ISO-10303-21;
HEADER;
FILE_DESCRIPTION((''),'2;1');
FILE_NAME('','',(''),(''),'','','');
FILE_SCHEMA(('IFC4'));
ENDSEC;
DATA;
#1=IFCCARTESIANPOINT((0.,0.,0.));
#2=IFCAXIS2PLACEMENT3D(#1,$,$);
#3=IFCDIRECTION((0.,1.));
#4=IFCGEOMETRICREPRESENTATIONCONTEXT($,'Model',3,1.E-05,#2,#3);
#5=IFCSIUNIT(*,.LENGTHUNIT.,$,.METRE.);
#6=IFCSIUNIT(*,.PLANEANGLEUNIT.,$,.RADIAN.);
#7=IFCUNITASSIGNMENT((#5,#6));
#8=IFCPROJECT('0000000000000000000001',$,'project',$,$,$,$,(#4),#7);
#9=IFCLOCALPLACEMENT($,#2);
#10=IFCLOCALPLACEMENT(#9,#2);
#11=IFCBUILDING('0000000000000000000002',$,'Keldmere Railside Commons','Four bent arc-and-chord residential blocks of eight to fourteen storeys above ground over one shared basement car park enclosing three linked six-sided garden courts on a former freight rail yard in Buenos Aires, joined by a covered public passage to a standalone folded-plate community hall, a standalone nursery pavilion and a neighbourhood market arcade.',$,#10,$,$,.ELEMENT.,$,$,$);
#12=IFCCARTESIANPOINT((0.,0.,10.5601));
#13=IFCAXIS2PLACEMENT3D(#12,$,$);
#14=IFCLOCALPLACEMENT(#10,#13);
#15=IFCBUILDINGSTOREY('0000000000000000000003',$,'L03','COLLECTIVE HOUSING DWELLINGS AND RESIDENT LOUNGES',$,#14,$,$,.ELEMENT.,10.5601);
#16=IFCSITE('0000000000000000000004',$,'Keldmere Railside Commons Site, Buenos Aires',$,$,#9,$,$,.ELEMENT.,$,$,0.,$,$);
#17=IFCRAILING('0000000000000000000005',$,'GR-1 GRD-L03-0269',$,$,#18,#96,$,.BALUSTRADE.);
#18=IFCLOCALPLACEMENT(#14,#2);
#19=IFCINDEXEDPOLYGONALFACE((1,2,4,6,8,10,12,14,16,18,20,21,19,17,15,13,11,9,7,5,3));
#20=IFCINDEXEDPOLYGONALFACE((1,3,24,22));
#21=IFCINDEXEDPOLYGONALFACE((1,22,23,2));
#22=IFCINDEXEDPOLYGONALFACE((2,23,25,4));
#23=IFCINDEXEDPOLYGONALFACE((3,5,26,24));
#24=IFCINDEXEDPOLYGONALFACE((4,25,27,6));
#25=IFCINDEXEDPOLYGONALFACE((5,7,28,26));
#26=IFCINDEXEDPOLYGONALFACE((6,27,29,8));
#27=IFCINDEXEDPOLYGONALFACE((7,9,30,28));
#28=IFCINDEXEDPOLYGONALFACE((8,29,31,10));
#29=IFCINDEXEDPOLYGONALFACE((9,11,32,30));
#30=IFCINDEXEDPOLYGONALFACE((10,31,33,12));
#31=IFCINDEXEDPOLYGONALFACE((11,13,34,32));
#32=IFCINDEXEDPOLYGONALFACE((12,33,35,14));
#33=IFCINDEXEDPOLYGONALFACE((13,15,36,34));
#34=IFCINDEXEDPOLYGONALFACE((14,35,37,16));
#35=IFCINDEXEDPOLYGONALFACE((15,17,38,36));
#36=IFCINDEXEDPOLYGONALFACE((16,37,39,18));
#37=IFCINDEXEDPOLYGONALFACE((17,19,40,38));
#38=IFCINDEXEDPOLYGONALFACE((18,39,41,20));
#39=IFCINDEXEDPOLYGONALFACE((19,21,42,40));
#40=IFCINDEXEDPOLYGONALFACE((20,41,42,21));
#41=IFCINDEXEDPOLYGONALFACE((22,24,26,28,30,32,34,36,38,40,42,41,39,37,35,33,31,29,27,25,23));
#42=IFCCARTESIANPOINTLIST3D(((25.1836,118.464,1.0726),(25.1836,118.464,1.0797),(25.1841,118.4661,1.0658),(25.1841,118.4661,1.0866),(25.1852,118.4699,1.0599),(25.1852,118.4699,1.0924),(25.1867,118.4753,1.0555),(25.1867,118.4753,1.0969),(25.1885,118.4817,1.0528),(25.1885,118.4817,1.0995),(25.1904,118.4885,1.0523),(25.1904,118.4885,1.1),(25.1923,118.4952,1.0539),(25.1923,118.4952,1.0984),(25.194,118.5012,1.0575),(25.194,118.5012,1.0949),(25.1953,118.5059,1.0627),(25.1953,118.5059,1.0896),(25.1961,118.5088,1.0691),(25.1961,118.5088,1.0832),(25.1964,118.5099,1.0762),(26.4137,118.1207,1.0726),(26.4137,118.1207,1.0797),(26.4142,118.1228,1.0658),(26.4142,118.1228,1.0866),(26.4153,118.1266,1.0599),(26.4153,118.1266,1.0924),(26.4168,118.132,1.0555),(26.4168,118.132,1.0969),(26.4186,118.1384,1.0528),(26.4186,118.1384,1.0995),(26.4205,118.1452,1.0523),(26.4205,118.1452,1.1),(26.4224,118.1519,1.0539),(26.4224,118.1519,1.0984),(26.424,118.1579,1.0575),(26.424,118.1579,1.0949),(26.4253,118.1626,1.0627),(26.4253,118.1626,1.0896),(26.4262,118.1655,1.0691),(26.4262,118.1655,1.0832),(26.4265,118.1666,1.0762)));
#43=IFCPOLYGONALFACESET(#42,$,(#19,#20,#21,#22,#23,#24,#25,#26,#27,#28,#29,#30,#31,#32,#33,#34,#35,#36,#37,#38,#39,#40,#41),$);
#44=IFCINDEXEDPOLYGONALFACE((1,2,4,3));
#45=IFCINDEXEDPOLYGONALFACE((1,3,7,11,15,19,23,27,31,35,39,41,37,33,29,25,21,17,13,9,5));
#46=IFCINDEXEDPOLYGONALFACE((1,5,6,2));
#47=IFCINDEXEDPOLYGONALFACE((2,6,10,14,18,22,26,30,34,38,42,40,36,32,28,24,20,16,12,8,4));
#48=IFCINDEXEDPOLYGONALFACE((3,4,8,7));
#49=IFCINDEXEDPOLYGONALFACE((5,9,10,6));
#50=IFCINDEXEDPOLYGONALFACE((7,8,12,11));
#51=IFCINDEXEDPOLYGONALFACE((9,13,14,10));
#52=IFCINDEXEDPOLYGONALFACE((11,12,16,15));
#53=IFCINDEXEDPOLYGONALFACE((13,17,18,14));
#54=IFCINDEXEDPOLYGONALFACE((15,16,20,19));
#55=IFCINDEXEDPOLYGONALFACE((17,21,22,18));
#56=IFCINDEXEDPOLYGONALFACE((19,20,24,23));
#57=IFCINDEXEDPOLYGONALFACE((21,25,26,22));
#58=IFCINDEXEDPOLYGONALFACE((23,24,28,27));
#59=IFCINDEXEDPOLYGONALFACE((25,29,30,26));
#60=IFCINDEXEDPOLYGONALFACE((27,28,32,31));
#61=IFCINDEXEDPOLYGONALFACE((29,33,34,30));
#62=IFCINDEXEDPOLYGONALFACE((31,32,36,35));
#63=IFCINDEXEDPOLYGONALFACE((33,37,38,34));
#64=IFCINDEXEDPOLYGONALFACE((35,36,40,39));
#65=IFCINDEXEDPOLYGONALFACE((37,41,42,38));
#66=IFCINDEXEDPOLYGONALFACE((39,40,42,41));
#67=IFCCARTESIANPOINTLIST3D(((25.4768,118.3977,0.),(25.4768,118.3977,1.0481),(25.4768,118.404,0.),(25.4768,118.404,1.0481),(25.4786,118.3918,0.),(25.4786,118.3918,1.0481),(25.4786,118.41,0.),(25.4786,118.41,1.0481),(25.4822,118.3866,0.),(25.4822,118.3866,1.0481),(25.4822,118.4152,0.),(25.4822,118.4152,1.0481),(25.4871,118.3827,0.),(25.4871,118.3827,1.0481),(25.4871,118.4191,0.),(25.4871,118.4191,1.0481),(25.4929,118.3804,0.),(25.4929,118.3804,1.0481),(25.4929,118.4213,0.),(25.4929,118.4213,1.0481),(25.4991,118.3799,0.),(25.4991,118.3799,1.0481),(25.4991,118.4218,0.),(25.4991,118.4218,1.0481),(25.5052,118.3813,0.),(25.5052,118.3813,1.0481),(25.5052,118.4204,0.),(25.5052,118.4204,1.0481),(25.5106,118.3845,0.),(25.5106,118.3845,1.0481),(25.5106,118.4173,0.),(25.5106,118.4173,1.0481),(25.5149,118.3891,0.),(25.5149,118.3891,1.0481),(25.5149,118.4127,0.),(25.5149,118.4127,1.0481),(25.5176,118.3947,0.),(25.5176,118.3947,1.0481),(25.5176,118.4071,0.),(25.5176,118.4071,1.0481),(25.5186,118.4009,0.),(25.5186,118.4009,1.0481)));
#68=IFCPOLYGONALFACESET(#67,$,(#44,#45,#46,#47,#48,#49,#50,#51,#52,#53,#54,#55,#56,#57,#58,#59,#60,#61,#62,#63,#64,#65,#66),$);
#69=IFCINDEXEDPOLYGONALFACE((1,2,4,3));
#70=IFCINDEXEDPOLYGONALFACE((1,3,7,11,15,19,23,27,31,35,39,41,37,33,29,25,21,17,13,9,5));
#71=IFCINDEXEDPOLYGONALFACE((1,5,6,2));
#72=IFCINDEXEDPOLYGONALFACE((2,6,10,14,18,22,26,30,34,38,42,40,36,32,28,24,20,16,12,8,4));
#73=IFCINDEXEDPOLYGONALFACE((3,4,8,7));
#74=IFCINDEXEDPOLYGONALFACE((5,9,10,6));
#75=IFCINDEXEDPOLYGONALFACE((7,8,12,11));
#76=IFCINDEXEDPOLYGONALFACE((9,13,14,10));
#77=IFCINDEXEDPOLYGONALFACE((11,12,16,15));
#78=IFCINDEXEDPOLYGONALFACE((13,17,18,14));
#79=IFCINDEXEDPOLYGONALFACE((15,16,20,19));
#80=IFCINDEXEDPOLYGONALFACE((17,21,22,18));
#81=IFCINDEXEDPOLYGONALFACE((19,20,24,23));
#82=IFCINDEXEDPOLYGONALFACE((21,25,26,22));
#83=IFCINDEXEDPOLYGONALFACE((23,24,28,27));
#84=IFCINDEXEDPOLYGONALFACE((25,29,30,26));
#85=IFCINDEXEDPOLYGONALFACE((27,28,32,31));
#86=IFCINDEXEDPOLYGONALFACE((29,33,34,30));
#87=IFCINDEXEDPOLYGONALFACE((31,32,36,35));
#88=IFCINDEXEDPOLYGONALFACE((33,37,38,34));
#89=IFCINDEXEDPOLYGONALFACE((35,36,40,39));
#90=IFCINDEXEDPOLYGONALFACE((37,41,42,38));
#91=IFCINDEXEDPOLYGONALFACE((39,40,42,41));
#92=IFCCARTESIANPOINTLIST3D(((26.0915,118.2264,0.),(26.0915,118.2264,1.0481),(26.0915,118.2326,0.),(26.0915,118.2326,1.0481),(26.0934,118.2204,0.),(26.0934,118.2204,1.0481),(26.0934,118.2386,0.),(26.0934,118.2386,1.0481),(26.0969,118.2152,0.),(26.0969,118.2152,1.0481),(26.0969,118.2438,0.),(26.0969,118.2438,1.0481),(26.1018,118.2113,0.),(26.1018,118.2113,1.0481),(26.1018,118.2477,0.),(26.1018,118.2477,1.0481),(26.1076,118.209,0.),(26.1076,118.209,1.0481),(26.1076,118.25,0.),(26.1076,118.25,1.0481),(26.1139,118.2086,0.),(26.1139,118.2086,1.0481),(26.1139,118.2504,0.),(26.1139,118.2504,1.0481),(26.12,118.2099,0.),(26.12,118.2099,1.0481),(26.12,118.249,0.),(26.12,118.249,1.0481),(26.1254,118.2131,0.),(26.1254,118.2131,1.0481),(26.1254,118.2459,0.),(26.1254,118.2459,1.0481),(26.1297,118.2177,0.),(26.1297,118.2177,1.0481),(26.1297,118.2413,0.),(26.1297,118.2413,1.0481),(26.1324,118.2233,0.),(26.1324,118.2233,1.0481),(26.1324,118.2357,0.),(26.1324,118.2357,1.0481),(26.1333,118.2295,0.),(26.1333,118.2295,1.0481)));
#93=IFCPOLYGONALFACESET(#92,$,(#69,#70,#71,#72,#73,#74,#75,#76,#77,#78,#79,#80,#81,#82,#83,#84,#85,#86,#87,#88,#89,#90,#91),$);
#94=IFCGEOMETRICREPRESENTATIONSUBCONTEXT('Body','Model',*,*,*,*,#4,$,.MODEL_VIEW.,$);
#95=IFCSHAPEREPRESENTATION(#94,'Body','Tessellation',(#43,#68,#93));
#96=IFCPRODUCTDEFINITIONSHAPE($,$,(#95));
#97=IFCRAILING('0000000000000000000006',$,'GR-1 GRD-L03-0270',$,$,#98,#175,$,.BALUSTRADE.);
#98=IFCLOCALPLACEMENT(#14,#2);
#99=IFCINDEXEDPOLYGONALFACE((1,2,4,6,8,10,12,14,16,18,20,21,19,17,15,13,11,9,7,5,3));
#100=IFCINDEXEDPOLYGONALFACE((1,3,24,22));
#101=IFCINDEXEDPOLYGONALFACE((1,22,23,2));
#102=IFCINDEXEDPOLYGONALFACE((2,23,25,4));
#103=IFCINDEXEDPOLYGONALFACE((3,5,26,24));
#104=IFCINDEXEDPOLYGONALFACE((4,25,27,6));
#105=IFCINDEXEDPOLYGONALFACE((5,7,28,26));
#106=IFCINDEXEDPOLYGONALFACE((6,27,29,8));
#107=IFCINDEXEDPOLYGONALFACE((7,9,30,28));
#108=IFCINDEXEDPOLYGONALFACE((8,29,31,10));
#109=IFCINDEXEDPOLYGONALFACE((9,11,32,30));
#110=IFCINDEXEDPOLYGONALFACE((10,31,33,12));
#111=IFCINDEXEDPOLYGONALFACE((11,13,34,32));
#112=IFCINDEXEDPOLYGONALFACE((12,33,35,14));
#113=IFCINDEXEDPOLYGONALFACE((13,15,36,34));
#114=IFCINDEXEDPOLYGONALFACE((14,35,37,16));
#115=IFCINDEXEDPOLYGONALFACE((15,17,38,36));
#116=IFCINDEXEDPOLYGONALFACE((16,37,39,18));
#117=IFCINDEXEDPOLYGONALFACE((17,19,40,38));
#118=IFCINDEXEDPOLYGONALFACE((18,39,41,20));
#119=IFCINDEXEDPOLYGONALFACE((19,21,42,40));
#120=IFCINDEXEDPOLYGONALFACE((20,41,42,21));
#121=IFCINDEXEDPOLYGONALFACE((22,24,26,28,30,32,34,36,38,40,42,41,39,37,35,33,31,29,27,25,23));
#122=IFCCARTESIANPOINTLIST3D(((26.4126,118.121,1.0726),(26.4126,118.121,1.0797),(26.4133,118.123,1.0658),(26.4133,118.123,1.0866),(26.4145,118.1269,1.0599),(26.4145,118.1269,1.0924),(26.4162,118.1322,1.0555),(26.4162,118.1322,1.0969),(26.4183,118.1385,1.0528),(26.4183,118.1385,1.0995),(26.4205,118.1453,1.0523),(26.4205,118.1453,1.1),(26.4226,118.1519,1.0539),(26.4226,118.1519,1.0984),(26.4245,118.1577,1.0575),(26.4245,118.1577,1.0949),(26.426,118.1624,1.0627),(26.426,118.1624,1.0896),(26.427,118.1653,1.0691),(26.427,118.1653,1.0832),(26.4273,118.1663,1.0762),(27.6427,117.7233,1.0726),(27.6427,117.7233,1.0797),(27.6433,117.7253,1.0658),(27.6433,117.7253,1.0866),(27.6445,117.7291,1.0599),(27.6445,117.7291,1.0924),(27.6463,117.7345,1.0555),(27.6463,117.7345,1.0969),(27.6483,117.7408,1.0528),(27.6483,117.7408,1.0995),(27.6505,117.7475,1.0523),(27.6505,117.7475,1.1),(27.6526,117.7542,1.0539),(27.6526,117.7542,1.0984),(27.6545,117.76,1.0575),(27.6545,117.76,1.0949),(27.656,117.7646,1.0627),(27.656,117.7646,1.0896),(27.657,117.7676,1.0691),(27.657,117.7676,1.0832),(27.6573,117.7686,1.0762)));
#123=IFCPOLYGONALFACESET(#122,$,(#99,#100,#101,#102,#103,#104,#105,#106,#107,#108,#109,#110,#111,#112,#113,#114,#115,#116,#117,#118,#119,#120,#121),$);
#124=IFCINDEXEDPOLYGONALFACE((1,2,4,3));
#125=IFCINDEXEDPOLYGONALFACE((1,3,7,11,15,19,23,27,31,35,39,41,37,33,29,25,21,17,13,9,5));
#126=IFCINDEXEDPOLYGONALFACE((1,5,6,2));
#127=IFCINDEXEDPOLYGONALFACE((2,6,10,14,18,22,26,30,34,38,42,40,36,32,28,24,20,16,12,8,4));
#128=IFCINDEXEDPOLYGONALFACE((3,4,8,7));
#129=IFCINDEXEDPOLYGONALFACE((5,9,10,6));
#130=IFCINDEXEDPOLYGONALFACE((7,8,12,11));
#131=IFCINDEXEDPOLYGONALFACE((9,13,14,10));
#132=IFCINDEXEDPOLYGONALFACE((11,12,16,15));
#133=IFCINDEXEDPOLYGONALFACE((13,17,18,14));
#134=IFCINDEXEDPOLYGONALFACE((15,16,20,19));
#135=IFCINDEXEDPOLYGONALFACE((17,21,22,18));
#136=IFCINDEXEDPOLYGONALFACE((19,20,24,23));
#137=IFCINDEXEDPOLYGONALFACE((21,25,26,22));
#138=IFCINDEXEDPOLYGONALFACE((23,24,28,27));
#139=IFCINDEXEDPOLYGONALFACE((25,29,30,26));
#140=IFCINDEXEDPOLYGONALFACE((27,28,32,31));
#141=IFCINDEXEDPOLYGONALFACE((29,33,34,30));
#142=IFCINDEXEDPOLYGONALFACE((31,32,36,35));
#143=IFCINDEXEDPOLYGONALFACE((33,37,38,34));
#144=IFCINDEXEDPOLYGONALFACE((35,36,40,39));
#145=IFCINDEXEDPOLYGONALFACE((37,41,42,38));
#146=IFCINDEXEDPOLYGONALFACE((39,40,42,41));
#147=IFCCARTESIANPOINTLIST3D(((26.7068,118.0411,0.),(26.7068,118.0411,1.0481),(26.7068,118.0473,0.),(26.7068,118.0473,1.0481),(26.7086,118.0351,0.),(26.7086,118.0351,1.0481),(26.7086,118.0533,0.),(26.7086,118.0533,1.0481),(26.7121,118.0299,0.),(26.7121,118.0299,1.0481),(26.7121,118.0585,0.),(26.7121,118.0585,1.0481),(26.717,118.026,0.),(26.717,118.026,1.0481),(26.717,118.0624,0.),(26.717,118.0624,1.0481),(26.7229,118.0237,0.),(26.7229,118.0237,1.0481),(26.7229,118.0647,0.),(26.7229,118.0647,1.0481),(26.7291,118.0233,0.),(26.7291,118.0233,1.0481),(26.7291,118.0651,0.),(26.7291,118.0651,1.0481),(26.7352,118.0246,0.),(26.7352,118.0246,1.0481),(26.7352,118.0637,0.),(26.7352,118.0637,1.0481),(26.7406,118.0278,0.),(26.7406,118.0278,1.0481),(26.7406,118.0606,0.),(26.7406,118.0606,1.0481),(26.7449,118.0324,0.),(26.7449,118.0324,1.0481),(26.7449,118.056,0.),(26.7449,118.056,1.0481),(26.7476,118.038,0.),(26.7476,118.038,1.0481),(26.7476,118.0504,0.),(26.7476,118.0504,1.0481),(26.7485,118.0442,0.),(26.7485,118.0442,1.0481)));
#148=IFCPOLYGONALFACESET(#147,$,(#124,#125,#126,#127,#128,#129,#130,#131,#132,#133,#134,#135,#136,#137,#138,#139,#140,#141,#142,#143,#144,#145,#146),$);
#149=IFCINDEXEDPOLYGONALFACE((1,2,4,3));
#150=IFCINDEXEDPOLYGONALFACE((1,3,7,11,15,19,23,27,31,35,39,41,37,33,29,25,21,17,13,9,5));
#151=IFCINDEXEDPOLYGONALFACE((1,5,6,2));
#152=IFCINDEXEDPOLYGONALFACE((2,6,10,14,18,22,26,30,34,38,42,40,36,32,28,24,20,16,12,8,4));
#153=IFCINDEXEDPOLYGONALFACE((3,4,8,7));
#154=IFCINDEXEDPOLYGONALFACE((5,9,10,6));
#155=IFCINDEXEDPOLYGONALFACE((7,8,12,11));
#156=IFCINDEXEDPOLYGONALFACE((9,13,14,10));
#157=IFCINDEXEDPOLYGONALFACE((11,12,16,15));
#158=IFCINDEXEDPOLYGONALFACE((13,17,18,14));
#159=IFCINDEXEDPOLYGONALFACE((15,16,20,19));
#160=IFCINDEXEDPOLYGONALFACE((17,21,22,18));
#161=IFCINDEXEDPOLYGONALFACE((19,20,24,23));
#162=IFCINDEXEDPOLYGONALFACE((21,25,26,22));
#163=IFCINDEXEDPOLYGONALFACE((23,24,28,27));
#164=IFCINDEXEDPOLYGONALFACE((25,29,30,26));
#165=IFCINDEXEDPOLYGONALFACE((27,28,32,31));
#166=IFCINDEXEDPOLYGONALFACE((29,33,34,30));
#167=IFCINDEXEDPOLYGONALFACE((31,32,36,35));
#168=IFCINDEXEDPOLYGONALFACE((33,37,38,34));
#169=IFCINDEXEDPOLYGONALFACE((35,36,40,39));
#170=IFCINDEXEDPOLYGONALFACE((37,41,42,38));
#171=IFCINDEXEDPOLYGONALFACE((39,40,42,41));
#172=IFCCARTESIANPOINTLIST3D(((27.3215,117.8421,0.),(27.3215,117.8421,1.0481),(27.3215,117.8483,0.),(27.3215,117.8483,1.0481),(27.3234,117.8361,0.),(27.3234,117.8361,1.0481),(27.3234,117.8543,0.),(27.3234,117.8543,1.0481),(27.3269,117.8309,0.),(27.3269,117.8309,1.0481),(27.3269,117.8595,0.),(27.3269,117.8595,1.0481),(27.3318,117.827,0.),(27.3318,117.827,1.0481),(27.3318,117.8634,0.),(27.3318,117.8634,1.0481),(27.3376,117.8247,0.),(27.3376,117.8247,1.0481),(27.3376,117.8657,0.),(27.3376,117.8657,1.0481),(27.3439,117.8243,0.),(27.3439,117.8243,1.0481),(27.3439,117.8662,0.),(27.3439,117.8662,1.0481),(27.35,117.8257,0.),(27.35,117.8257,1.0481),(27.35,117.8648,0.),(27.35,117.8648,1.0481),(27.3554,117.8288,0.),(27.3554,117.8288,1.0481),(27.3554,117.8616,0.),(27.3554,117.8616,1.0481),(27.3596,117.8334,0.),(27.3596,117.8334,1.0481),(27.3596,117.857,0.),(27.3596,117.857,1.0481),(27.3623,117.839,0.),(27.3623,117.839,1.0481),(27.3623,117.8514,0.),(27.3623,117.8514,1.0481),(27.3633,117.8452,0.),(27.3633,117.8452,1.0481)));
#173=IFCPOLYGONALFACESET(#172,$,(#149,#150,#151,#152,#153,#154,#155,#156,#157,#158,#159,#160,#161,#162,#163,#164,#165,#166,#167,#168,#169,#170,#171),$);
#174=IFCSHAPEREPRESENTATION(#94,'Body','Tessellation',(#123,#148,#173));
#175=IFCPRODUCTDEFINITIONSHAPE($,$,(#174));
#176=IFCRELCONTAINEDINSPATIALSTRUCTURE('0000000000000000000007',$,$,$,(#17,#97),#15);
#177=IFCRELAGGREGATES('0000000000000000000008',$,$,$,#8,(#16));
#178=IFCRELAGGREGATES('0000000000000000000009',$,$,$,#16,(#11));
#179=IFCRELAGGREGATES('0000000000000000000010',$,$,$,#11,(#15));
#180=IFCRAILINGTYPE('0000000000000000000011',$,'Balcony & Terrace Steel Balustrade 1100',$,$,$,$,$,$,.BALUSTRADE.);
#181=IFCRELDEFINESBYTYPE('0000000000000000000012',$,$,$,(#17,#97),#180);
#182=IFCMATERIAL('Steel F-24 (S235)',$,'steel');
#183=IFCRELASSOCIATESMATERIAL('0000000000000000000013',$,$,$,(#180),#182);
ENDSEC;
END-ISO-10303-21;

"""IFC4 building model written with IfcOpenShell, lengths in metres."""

from ifc_helpers import new_model, si_unit, direction, frame, origin, origin_2d, place, context, subcontext, project, spatial, circle, extrude, material, type_object, element, save


model = new_model("IFC4")

# Units and contexts
model_context = context("Model", 3, precision=1e-05, world=origin(), true_north=direction((0.0, 1.0)))
body_context = subcontext(model_context, "Body", "Model", "MODEL_VIEW")
ifc_project = project(units=[si_unit("LENGTHUNIT", "METRE"), si_unit("PLANEANGLEUNIT", "RADIAN")], contexts=[model_context])

# Site, building, storey
site_placement = place(None, origin())
site = spatial("IfcSite", under=ifc_project, at=site_placement, Name="Keldmere Railside Commons Site, Buenos Aires", CompositionType="ELEMENT", RefElevation=0.0)
building_placement = place(site_placement, origin())
building = spatial("IfcBuilding", under=site, at=building_placement, Name="Keldmere Railside Commons", Description="Four bent arc-and-chord residential blocks of eight to fourteen storeys above ground over one shared basement car park enclosing three linked six-sided garden courts on a former freight rail yard in Buenos Aires, joined by a covered public passage to a standalone folded-plate community hall, a standalone nursery pavilion and a neighbourhood market arcade.", CompositionType="ELEMENT")
storey_placement = place(building_placement, frame((0.0, 0.0, 10.5601)))
storey = spatial("IfcBuildingStorey", under=building, at=storey_placement, Name="L03", Description="COLLECTIVE HOUSING DWELLINGS AND RESIDENT LOUNGES", CompositionType="ELEMENT", Elevation=10.5601)

# Railings
ifc_material_1 = material(Name="Steel F-24 (S235)", Category="steel")
railing_type = type_object("IfcRailingType", Name="Balcony & Terrace Steel Balustrade 1100", PredefinedType="BALUSTRADE", material=ifc_material_1)
railing_1_placement = place(storey_placement, frame((25.1899, 118.4868, 0.0)))
element("IfcRailing", 1, at=railing_1_placement, inside=storey, type_object=railing_type, Name="GR-1 GRD-L03-0269", PredefinedType="BALUSTRADE", context=body_context, shape_type="SweptSolid", body=[
    extrude(circle(Radius=0.0239, at=origin_2d()), frame((0.0, 0.0, 1.0762), z_axis=(0.963194, -0.268807, 0.0), x_axis=(0.268807, 0.963194, 0.0)), (0.0, 0.0, 1.0), 1.2771),
    extrude(circle(Radius=0.021, at=origin_2d()), frame((0.3076, -0.0859, 0.0)), (0.0, 0.0, 1.0), 1.0481),
    extrude(circle(Radius=0.021, at=origin_2d()), frame((0.9224, -0.2573, 0.0)), (0.0, 0.0, 1.0), 1.0481),
])
railing_2_placement = place(storey_placement, frame((26.4199, 118.1436, 0.0)))
element("IfcRailing", 2, at=railing_2_placement, inside=storey, type_object=railing_type, Name="GR-1 GRD-L03-0270", PredefinedType="BALUSTRADE", context=body_context, shape_type="SweptSolid", body=[
    extrude(circle(Radius=0.0239, at=origin_2d()), frame((0.0, 0.0, 1.0762), z_axis=(0.951497, -0.307659, 0.0), x_axis=(0.307659, 0.951497, 0.0)), (0.0, 0.0, 1.0), 1.2927),
    extrude(circle(Radius=0.021, at=origin_2d()), frame((0.3076, -0.0994, 0.0)), (0.0, 0.0, 1.0), 1.0481),
    extrude(circle(Radius=0.021, at=origin_2d()), frame((0.9224, -0.2983, 0.0)), (0.0, 0.0, 1.0), 1.0481),
])

save(model, "model.ifc")
